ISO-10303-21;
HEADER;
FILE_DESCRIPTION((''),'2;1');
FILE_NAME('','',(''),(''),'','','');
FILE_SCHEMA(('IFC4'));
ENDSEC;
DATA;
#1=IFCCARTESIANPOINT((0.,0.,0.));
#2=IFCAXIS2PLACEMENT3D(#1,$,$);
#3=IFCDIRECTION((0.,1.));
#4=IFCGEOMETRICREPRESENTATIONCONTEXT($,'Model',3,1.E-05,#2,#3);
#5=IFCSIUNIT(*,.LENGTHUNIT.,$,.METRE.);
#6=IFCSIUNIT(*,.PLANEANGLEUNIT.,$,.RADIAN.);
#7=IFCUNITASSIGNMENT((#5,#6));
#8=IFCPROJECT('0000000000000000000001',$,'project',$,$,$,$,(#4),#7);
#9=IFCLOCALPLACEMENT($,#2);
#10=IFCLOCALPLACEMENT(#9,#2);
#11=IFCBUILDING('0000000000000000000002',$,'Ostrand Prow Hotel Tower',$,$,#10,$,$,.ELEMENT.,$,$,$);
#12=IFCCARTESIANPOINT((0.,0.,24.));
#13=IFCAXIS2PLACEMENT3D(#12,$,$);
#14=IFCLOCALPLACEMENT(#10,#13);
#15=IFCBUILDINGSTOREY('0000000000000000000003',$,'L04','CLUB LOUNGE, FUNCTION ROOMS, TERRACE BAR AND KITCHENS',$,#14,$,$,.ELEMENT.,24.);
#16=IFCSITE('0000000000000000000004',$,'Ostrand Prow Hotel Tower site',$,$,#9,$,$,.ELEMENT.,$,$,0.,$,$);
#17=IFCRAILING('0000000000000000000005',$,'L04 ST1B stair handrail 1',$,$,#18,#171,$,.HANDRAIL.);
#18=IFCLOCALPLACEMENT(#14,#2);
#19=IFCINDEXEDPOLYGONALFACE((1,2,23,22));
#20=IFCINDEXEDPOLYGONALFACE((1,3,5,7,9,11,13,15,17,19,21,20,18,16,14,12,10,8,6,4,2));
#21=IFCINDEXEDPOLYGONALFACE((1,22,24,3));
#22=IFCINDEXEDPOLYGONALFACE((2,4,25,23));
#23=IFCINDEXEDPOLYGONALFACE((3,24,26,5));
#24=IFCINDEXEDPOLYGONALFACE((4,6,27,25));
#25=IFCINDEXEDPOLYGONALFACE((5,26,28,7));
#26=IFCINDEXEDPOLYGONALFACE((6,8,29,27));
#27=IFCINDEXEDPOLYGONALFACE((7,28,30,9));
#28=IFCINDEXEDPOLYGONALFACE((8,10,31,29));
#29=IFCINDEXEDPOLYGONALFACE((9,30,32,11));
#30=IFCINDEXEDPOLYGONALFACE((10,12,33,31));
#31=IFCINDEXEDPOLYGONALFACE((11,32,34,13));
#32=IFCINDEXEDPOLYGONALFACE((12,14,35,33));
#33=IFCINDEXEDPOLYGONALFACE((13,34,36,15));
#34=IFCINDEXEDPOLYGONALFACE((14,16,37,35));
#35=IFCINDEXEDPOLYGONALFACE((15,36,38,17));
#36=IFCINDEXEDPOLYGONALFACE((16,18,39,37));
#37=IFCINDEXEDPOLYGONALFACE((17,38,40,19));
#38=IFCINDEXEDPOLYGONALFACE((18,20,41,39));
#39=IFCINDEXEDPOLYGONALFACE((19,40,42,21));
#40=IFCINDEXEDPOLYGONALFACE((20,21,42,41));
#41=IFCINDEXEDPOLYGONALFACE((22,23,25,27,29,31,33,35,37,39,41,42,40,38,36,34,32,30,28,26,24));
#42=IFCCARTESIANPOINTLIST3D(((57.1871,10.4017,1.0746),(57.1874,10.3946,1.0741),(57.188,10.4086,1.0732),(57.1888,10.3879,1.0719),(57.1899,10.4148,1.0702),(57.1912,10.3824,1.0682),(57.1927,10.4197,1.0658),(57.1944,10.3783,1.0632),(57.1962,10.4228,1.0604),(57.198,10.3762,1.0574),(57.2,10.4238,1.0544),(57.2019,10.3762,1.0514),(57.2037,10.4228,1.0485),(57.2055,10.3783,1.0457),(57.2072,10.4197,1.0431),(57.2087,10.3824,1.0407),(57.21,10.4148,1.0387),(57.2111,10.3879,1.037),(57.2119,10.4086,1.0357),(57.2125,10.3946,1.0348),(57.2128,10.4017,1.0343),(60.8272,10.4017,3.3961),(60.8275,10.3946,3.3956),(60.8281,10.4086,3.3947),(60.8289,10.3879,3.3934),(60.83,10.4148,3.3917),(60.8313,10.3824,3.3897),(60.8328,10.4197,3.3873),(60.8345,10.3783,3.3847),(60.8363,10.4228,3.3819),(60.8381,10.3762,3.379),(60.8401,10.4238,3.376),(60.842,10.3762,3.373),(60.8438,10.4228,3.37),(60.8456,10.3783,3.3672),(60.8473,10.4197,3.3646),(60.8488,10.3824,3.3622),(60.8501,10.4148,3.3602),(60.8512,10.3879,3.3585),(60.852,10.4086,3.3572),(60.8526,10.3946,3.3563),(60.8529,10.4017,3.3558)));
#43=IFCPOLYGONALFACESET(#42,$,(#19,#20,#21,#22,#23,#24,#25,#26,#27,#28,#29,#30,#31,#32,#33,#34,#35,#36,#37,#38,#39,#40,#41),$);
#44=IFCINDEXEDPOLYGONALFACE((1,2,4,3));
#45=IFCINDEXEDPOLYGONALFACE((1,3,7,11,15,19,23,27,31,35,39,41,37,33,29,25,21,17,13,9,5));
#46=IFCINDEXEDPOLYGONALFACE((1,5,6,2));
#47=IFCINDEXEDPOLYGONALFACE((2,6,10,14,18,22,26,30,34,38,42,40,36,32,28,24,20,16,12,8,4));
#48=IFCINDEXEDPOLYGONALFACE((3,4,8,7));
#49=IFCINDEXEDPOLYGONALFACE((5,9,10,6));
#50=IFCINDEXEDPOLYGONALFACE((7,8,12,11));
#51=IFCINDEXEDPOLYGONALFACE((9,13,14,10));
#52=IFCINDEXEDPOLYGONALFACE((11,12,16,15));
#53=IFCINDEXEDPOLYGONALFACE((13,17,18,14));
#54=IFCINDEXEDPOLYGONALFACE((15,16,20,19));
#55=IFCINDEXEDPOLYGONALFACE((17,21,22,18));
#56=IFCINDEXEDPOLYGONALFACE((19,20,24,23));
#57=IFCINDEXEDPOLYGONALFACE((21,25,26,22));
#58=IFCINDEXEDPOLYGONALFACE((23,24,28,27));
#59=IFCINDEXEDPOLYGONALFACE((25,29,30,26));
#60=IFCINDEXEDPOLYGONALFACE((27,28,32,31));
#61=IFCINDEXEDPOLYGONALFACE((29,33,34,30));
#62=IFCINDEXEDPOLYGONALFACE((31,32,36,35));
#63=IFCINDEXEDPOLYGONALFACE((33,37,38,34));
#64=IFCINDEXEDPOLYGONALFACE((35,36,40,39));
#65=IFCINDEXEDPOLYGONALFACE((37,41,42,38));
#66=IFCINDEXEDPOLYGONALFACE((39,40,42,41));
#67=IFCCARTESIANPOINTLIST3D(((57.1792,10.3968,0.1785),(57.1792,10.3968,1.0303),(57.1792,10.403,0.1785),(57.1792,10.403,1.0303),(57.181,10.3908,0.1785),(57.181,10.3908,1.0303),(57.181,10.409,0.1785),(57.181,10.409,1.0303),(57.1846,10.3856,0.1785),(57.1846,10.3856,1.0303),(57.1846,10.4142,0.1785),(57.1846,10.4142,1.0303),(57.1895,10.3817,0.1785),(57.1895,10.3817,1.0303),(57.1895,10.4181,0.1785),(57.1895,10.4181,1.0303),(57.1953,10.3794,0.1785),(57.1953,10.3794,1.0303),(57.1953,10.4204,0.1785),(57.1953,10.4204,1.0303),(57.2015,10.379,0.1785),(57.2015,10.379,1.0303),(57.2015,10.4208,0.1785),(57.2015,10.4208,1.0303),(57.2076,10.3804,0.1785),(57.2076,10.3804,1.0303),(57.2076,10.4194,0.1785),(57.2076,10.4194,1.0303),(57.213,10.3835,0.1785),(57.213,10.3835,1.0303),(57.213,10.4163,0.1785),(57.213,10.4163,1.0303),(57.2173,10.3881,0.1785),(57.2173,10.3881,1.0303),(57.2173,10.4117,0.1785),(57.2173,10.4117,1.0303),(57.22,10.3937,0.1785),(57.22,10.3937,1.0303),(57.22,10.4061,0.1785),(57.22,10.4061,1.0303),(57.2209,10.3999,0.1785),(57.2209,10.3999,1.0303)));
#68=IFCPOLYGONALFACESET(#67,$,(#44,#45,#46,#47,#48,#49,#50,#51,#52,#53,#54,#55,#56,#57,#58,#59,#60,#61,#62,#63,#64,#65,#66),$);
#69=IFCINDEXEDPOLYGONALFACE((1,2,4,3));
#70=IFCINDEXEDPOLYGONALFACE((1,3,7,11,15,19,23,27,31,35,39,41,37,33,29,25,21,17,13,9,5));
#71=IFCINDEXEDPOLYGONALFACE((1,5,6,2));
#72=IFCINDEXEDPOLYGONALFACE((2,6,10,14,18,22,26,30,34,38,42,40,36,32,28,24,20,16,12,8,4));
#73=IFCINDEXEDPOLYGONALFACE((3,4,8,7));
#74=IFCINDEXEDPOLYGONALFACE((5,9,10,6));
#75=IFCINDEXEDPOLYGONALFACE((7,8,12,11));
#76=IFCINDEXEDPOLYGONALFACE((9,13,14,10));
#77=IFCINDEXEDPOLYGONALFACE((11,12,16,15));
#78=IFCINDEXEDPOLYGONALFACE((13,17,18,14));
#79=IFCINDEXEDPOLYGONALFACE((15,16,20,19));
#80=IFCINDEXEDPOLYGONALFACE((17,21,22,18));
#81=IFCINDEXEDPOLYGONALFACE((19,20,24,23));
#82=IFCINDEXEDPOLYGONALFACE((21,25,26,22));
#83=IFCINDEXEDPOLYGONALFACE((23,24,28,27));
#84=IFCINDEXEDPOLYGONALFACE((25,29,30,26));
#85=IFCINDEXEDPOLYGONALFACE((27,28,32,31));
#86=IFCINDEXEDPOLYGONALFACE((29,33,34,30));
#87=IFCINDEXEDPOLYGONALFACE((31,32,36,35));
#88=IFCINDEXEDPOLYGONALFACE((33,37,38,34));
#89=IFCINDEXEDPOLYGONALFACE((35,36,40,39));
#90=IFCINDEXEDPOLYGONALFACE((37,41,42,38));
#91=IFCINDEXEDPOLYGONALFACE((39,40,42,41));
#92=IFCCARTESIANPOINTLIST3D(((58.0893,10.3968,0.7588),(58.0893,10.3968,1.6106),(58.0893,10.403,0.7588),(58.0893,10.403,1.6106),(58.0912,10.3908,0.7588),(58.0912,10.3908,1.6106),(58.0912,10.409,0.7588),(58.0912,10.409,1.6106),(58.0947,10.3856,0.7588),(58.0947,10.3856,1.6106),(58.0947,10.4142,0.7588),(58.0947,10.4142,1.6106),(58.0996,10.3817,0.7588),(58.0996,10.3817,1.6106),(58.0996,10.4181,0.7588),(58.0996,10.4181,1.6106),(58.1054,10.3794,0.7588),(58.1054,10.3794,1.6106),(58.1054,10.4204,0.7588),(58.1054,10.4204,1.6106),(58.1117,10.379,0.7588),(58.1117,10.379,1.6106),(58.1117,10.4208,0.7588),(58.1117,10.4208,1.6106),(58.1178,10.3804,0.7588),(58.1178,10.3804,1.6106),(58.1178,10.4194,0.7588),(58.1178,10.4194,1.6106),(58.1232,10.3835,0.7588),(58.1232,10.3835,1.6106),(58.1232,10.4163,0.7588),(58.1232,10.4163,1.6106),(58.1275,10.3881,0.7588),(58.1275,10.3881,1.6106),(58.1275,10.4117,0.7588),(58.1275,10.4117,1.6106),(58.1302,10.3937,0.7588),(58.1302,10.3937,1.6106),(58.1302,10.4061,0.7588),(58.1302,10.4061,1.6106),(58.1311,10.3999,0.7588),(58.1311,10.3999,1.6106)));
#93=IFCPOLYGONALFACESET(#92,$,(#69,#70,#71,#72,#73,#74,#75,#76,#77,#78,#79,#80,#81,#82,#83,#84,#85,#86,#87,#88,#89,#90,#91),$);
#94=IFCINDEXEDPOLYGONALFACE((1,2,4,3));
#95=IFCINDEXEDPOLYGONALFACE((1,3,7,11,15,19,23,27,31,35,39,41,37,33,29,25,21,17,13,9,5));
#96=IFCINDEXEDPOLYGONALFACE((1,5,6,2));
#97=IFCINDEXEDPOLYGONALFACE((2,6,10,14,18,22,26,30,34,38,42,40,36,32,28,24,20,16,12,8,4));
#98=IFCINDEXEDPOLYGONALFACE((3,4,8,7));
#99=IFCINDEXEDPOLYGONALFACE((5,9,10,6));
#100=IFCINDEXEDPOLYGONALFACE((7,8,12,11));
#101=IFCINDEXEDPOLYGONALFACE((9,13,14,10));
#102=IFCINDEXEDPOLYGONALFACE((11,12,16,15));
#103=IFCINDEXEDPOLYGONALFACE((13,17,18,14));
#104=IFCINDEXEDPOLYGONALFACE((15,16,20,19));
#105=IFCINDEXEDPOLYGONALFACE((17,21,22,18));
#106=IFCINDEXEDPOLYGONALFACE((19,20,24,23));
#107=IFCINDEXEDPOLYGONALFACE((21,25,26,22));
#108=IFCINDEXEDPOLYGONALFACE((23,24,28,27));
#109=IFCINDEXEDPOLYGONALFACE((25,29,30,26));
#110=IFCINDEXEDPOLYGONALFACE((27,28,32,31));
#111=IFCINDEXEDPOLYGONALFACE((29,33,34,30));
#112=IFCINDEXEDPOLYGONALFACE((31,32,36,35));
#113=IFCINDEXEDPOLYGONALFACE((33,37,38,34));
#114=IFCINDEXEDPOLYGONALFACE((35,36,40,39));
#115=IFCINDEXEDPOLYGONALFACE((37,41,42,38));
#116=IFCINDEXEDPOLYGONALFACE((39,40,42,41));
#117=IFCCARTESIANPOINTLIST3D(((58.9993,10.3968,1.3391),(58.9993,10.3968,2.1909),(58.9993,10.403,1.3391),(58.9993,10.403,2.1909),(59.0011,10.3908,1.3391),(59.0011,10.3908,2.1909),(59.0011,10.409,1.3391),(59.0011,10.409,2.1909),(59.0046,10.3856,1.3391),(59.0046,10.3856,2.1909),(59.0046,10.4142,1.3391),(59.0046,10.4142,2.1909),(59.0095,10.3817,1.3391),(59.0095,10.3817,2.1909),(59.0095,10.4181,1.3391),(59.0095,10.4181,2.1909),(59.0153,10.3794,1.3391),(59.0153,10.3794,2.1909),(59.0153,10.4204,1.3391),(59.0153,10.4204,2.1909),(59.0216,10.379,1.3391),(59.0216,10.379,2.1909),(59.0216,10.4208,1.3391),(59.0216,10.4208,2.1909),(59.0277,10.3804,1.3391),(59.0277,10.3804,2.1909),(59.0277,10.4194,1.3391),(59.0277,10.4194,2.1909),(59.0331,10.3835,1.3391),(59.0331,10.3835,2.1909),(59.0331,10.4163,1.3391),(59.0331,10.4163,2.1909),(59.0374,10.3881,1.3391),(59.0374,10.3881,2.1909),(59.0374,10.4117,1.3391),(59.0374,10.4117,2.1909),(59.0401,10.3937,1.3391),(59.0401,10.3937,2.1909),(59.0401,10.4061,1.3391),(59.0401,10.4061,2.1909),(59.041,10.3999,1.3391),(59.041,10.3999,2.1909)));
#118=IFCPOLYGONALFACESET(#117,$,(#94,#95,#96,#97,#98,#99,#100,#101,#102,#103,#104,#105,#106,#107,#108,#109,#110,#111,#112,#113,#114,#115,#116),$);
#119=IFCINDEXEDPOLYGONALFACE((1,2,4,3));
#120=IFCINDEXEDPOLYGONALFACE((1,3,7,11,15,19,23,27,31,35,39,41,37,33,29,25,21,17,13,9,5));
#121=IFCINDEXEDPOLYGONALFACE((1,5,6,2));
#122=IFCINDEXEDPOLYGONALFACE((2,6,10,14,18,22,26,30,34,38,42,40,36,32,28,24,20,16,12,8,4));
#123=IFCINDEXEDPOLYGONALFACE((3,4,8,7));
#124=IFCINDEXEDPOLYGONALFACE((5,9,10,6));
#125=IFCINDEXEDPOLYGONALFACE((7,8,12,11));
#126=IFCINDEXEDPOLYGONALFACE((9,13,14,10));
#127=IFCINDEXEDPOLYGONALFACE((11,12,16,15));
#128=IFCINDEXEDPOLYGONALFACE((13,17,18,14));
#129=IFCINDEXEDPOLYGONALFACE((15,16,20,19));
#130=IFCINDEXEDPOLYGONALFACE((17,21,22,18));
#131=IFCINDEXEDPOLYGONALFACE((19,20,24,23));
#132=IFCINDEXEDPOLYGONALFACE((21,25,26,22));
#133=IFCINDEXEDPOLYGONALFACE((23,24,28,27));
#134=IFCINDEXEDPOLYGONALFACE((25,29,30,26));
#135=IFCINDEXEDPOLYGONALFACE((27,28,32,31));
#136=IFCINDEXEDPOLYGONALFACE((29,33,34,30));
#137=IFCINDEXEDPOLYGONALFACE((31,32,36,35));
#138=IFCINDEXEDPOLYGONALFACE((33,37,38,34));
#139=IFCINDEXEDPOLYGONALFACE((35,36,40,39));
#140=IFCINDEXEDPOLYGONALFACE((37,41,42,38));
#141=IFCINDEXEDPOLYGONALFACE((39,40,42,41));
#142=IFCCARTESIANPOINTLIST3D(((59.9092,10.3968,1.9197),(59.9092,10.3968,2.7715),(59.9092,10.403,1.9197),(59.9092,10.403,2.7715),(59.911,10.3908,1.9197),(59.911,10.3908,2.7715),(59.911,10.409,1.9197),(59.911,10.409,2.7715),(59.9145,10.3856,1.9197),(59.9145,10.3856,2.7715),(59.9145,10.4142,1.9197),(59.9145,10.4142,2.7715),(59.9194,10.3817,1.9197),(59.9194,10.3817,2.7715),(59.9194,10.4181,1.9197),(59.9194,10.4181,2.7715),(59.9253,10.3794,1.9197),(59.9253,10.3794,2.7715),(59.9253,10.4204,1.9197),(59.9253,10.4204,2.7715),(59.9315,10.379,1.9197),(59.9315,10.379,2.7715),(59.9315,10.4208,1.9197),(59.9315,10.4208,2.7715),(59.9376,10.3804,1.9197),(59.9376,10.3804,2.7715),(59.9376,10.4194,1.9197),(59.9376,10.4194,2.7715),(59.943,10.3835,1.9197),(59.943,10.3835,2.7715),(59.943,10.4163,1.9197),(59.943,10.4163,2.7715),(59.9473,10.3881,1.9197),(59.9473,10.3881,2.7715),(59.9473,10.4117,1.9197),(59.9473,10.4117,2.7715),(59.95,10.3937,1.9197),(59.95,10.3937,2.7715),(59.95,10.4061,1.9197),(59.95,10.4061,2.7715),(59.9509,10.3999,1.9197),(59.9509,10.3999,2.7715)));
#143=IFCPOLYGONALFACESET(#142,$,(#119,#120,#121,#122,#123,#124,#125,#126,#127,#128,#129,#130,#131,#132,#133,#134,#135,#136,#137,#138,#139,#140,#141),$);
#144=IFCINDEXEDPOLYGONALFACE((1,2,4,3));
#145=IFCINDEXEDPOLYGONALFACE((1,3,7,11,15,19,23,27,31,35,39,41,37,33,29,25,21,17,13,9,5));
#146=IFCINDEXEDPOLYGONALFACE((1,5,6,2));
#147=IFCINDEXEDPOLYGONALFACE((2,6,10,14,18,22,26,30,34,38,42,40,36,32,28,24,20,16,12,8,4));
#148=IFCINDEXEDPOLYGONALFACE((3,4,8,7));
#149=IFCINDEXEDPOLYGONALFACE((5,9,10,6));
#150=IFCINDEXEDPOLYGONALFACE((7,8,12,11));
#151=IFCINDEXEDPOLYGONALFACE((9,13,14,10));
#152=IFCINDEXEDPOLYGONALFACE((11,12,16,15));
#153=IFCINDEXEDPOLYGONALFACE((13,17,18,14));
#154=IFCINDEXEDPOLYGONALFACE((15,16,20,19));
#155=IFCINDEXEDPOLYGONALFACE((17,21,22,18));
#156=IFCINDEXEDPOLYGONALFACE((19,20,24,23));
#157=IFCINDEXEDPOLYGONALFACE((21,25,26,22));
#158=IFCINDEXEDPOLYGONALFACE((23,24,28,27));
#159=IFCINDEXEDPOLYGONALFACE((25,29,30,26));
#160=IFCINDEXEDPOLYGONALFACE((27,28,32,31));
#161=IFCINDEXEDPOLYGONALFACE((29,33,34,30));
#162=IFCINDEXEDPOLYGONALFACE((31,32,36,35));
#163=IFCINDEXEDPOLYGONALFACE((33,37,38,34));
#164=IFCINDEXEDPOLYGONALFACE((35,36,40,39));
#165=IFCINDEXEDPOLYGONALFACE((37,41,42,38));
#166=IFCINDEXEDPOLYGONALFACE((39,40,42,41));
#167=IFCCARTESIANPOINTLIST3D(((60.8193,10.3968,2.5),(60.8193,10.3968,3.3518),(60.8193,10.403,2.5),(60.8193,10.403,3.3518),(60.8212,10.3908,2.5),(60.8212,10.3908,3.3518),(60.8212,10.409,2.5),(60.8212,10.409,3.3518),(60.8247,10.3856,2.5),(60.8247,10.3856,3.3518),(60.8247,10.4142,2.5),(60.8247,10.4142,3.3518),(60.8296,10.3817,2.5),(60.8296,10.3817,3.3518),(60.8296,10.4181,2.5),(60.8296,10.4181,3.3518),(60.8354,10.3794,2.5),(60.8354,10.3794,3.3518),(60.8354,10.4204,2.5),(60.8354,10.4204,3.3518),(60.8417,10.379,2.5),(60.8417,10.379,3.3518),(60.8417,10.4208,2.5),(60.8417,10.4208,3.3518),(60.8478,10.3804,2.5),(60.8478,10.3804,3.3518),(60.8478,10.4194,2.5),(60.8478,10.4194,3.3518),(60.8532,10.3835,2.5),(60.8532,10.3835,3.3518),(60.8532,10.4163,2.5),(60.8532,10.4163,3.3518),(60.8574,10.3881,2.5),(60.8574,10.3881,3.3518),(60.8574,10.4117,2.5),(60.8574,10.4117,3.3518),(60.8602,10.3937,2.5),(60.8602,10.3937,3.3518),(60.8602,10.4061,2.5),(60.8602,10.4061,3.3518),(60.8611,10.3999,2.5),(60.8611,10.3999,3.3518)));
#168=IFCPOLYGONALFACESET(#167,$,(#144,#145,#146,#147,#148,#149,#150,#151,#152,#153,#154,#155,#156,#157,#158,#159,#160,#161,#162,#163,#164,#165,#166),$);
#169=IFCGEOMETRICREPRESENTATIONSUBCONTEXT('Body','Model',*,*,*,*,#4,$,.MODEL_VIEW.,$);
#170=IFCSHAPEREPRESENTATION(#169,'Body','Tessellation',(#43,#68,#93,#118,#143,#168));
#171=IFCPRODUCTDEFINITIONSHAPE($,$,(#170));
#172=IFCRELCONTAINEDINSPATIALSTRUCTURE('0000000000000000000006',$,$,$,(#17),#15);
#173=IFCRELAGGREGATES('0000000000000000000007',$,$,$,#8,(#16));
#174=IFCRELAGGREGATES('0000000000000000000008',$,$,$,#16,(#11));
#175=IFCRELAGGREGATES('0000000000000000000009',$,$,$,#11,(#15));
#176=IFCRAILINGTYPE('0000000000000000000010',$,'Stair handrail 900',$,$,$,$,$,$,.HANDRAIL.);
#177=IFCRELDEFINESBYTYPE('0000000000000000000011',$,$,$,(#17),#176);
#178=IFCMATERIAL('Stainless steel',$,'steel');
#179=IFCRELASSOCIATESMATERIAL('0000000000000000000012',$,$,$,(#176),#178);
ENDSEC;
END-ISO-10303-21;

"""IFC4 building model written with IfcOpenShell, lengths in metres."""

from ifc_helpers import new_model, si_unit, direction, frame, origin, origin_2d, place, context, subcontext, project, spatial, circle, extrude, material, type_object, element, save


model = new_model("IFC4")

# Units and contexts
model_context = context("Model", 3, precision=1e-05, world=origin(), true_north=direction((0.0, 1.0)))
body_context = subcontext(model_context, "Body", "Model", "MODEL_VIEW")
ifc_project = project(units=[si_unit("LENGTHUNIT", "METRE"), si_unit("PLANEANGLEUNIT", "RADIAN")], contexts=[model_context])

# Site, building, storey
site_placement = place(None, origin())
site = spatial("IfcSite", under=ifc_project, at=site_placement, Name="Ostrand Prow Hotel Tower site", CompositionType="ELEMENT", RefElevation=0.0)
building_placement = place(site_placement, origin())
building = spatial("IfcBuilding", under=site, at=building_placement, Name="Ostrand Prow Hotel Tower", CompositionType="ELEMENT")
storey_placement = place(building_placement, frame((0.0, 0.0, 24.0)))
storey = spatial("IfcBuildingStorey", under=building, at=storey_placement, Name="L04", Description="CLUB LOUNGE, FUNCTION ROOMS, TERRACE BAR AND KITCHENS", CompositionType="ELEMENT", Elevation=24.0)

# Railing
ifc_material_1 = material(Name="Stainless steel", Category="steel")
railing_type_1 = type_object("IfcRailingType", Name="Stair handrail 900", PredefinedType="HANDRAIL", material=ifc_material_1)
for number, where, name in (
    (1, (57.2, 10.3999, 0.1785), "L04 ST1B stair handrail 1"),
):
    element("IfcRailing", number, at=place(storey_placement, frame(where)), inside=storey, type_object=railing_type_1, Name=name, PredefinedType="HANDRAIL", context=body_context, shape_type="SweptSolid", body=[
        extrude(circle(Radius=0.0239, at=origin_2d()), frame((0.0, 0.0, 0.876), z_axis=(0.843128, 0.0, 0.537713), x_axis=(0.0, 1.0, 0.0)), (0.0, 0.0, 1.0), 4.3174),
        extrude(circle(Radius=0.021, at=origin_2d()), origin(), (0.0, 0.0, 1.0), 0.8518),
        extrude(circle(Radius=0.021, at=origin_2d()), frame((0.9102, 0.0, 0.5803)), (0.0, 0.0, 1.0), 0.8518),
        extrude(circle(Radius=0.021, at=origin_2d()), frame((1.8201, 0.0, 1.1606)), (0.0, 0.0, 1.0), 0.8518),
        extrude(circle(Radius=0.021, at=origin_2d()), frame((2.73, 0.0, 1.7412)), (0.0, 0.0, 1.0), 0.8518),
        extrude(circle(Radius=0.021, at=origin_2d()), frame((3.6401, 0.0, 2.3215)), (0.0, 0.0, 1.0), 0.8518),
    ])

save(model, "model.ifc")
